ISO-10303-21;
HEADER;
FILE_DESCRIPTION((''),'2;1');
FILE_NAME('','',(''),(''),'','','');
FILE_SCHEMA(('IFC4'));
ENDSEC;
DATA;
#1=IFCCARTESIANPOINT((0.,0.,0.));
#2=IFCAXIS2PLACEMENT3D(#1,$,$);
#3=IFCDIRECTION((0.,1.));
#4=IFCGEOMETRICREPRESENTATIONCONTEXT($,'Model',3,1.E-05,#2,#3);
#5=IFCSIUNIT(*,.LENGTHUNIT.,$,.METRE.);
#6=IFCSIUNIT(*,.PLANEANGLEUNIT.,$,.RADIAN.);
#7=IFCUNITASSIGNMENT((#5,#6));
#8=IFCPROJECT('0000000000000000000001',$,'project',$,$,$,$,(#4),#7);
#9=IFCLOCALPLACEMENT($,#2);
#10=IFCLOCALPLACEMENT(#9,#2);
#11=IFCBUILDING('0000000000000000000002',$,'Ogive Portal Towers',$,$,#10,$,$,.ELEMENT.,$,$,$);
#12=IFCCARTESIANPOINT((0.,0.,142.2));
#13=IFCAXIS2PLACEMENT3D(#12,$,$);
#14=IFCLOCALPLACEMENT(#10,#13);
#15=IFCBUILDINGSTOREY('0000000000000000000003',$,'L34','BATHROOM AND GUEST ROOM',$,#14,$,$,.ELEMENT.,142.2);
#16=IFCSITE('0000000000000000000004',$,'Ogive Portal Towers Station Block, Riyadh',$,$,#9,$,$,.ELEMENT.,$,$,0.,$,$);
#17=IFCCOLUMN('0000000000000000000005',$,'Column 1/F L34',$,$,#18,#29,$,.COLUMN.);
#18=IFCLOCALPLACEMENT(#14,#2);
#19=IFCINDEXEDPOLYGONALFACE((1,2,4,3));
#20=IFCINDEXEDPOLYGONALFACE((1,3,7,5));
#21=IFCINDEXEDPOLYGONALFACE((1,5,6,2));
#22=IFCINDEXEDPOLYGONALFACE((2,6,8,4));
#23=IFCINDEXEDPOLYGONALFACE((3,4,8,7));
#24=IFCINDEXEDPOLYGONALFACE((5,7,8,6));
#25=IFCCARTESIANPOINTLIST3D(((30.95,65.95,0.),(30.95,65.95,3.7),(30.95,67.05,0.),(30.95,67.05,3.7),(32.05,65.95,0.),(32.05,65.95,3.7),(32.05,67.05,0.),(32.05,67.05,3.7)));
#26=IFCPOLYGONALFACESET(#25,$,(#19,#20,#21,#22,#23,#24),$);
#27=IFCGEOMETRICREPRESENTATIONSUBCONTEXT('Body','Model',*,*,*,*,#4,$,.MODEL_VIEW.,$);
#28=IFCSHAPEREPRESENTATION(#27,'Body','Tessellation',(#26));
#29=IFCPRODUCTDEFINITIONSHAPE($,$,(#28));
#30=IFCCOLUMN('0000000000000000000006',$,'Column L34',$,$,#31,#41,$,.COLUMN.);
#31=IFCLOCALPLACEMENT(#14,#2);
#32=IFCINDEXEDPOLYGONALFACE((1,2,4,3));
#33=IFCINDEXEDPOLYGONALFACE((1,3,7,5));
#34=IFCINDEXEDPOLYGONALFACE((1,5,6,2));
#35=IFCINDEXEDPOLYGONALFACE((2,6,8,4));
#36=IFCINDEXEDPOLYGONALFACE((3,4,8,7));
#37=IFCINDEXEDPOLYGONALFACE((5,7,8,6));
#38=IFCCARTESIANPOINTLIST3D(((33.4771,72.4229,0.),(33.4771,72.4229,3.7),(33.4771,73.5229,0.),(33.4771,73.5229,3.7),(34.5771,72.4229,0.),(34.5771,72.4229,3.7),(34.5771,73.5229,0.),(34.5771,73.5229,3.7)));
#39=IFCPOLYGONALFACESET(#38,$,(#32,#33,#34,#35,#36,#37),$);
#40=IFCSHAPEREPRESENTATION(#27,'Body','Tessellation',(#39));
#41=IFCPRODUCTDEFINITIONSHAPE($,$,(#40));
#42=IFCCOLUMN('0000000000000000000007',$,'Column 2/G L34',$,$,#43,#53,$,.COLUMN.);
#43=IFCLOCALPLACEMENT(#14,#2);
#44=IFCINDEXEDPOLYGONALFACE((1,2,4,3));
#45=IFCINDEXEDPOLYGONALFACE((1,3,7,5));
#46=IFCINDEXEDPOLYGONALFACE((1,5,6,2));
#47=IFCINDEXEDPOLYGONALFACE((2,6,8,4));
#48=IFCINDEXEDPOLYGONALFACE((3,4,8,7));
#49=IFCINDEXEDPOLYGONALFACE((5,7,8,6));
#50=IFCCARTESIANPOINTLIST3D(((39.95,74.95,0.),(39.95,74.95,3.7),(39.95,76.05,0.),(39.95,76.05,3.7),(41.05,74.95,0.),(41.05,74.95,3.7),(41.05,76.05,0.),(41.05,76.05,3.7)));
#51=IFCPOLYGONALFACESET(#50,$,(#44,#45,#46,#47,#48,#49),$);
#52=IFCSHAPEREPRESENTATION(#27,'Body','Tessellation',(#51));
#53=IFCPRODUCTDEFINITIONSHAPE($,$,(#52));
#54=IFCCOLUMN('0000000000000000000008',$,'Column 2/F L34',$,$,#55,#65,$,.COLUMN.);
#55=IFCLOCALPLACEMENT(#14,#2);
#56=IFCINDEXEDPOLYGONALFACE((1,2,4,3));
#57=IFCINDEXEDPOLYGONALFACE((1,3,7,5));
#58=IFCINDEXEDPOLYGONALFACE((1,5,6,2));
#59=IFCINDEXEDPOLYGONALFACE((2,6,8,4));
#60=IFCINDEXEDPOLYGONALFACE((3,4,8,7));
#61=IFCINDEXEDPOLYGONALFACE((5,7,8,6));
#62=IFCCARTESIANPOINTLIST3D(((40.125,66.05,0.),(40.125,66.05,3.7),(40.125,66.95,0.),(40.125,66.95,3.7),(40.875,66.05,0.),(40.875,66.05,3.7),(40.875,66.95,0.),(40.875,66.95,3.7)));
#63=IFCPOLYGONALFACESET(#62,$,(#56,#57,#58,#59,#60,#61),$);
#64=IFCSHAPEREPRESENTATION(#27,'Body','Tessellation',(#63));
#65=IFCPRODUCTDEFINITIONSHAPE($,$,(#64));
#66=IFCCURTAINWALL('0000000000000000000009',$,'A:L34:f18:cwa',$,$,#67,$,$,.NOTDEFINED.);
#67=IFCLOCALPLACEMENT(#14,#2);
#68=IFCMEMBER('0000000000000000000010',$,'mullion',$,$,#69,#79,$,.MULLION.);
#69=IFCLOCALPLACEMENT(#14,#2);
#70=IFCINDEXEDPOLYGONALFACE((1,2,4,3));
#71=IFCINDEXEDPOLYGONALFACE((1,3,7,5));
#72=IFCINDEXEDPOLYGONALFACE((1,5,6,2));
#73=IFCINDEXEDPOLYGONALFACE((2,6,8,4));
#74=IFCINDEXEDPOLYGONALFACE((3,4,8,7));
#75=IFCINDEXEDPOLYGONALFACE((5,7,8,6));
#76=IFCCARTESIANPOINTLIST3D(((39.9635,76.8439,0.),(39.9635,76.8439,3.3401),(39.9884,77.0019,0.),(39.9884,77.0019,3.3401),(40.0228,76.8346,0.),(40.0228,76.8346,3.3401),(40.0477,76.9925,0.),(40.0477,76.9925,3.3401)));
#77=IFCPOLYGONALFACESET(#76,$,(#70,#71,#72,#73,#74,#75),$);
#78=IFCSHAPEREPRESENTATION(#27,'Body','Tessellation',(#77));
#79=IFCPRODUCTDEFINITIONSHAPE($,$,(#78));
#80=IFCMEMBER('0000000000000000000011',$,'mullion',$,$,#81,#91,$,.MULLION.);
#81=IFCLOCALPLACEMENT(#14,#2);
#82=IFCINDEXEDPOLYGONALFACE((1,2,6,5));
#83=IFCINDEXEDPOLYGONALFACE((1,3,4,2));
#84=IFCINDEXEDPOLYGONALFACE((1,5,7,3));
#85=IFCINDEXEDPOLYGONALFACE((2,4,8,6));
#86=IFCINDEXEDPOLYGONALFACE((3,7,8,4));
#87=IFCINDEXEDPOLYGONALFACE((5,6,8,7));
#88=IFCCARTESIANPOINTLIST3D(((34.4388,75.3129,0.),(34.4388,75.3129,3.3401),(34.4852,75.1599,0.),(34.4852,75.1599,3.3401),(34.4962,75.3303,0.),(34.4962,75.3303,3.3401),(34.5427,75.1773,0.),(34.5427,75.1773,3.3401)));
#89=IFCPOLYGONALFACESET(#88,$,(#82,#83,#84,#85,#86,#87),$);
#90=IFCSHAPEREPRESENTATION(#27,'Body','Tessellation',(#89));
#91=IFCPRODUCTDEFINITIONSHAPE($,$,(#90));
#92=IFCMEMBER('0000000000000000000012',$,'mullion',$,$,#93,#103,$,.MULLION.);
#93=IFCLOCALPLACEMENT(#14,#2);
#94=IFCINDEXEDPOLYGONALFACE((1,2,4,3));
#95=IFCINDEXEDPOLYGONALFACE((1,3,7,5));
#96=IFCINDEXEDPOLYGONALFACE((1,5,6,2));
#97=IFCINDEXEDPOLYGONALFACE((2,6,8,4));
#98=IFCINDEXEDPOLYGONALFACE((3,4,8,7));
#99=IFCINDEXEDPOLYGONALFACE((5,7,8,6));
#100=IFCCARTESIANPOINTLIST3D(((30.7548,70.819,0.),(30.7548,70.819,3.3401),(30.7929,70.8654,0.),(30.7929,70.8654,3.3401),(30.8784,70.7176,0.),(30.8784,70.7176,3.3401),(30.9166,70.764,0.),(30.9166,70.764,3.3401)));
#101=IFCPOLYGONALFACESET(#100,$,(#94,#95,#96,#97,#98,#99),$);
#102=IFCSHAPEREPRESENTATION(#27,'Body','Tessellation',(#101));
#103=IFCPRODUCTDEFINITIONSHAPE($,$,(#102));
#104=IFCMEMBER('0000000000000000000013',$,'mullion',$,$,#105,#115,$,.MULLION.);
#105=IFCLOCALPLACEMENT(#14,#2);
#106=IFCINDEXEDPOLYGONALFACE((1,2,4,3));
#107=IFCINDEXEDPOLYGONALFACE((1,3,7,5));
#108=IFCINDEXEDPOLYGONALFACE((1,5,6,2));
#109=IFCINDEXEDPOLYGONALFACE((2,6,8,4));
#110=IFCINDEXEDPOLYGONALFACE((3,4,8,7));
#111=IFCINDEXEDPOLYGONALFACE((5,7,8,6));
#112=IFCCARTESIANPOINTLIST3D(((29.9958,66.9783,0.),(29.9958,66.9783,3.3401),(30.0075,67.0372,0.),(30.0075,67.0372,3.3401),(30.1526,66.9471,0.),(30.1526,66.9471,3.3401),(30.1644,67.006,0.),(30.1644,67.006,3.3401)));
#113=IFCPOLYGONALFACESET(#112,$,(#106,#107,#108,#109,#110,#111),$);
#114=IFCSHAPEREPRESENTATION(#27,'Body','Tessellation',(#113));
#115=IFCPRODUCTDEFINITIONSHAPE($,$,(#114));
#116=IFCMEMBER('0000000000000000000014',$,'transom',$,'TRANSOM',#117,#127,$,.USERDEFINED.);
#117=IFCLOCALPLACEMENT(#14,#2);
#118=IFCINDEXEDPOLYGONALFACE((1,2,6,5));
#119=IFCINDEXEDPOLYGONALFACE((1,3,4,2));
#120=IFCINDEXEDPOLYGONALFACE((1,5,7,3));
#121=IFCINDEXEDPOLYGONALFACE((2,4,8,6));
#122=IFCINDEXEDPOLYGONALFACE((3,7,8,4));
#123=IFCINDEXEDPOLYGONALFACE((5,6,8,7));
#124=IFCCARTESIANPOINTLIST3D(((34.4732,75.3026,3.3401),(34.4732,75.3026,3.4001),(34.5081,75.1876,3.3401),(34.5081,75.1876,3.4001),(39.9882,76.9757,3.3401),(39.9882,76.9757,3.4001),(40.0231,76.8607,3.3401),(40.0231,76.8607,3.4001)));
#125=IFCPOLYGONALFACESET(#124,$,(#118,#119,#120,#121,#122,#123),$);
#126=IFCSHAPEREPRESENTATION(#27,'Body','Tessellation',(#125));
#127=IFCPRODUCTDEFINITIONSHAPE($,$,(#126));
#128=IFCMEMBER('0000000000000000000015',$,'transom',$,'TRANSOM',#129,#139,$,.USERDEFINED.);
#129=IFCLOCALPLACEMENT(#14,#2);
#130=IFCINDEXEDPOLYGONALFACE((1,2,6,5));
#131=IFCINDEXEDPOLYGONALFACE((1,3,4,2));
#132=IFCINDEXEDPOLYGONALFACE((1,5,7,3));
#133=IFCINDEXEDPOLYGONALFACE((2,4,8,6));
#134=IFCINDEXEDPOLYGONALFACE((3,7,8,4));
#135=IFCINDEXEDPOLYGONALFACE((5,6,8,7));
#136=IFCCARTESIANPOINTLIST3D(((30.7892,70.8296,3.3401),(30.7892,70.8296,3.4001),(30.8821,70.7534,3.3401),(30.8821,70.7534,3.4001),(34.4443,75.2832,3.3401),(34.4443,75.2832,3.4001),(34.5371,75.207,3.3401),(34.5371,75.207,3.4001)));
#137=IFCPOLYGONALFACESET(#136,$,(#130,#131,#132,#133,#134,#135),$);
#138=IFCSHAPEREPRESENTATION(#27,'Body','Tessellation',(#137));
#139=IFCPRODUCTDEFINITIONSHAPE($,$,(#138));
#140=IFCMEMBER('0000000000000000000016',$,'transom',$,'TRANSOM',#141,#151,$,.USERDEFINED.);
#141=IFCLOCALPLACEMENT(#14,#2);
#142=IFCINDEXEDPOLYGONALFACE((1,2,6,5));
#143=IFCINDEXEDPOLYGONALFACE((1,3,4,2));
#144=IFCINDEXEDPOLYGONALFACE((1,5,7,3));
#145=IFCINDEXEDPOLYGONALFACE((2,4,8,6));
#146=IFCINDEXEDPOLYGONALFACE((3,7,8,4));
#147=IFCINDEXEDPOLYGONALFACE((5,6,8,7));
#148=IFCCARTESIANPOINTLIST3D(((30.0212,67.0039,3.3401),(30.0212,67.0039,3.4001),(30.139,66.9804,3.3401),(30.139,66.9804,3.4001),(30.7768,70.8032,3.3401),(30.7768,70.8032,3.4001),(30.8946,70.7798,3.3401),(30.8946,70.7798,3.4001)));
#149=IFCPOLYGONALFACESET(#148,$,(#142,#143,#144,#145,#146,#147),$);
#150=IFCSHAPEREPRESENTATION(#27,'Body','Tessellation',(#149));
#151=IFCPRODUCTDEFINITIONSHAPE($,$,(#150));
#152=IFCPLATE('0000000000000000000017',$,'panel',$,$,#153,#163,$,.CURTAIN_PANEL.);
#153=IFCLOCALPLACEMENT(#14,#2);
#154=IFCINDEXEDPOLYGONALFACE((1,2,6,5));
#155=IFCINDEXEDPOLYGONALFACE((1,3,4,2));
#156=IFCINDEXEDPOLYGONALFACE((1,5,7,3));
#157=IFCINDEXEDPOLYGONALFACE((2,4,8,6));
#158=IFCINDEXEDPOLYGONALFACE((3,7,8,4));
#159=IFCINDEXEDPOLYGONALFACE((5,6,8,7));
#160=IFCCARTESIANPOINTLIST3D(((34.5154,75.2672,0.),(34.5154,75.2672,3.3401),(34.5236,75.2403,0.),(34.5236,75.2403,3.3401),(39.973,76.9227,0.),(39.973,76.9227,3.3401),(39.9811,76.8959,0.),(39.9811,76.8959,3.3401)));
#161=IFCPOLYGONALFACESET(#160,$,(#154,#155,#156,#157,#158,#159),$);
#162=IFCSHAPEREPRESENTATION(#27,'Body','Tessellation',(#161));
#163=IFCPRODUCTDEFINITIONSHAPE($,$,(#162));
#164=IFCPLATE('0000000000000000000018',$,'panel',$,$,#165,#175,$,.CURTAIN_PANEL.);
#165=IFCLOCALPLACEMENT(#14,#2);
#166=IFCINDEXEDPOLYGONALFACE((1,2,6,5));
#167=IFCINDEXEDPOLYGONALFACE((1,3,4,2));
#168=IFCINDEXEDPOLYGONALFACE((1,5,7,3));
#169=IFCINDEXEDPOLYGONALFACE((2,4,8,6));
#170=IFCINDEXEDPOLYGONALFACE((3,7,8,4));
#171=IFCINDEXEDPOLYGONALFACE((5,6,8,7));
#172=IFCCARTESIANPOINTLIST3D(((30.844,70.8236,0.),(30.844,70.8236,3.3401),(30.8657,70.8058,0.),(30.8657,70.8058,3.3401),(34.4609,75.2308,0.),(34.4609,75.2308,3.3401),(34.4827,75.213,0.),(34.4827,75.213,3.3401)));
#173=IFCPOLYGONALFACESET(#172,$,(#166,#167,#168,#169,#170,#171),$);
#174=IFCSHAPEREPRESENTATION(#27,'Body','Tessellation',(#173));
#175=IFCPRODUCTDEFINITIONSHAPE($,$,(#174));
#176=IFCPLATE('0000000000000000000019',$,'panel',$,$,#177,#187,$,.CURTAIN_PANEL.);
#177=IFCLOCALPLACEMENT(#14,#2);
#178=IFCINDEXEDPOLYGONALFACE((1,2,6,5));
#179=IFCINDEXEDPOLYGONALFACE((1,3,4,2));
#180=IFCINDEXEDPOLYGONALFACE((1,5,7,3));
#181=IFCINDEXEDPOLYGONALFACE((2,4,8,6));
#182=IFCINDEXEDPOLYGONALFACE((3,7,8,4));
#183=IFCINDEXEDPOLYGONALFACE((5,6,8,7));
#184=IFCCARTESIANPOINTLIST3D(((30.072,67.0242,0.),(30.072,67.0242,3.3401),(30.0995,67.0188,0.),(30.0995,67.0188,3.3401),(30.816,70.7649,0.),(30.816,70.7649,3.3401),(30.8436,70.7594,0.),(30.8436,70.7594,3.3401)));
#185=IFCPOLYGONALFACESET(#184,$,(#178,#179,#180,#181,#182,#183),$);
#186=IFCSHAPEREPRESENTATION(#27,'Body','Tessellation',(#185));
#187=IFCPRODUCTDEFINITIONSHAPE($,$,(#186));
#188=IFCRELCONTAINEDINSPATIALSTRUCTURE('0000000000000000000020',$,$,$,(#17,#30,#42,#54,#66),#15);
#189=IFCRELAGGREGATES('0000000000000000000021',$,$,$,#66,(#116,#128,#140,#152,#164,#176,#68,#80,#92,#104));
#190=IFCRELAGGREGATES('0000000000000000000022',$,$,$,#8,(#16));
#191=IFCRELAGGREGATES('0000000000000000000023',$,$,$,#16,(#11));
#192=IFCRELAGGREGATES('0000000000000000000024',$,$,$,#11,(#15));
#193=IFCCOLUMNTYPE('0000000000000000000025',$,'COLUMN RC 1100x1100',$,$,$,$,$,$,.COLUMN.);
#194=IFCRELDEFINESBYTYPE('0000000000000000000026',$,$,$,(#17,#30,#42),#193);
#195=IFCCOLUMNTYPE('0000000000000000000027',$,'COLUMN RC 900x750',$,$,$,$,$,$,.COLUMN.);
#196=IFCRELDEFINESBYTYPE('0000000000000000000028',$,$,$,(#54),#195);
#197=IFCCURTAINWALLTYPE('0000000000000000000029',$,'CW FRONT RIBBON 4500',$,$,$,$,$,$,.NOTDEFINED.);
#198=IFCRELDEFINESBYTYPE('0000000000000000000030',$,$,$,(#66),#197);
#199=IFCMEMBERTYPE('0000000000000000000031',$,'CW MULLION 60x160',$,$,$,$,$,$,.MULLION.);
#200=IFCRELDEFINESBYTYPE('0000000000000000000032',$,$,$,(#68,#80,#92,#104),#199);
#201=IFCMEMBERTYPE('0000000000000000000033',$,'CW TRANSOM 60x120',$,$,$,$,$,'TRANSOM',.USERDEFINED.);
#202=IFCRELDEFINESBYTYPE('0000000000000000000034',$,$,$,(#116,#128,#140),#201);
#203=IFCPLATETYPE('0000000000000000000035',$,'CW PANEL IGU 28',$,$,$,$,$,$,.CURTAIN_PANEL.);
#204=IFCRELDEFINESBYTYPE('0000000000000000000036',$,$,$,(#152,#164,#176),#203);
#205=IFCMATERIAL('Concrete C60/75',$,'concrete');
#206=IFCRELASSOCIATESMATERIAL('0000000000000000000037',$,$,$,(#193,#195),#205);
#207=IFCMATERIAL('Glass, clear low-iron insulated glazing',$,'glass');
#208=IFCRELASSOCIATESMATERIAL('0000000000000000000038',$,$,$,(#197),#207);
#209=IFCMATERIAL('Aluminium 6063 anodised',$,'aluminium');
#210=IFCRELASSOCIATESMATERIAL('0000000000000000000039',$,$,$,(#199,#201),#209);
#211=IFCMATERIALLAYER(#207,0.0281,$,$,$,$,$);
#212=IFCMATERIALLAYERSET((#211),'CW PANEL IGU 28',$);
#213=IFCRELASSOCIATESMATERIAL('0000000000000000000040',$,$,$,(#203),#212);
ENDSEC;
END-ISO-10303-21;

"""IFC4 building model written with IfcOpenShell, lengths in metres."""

from ifc_helpers import new_model, si_unit, direction, frame, origin, origin_2d, place, context, subcontext, project, spatial, rectangle, extrude, material, layer, layer_set, material_profile, profile_set, type_object, element, aggregate, save


model = new_model("IFC4")

# Units and contexts
model_context = context("Model", 3, precision=1e-05, world=origin(), true_north=direction((0.0, 1.0)))
body_context = subcontext(model_context, "Body", "Model", "MODEL_VIEW")
ifc_project = project(units=[si_unit("LENGTHUNIT", "METRE"), si_unit("PLANEANGLEUNIT", "RADIAN")], contexts=[model_context])

# Site, building, storey
site_placement = place(None, origin())
site = spatial("IfcSite", under=ifc_project, at=site_placement, Name="Ogive Portal Towers Station Block, Riyadh", CompositionType="ELEMENT", RefElevation=0.0)
building_placement = place(site_placement, origin())
building = spatial("IfcBuilding", under=site, at=building_placement, Name="Ogive Portal Towers", CompositionType="ELEMENT")
storey_placement = place(building_placement, frame((0.0, 0.0, 142.2)))
storey = spatial("IfcBuildingStorey", under=building, at=storey_placement, Name="L34", Description="BATHROOM AND GUEST ROOM", CompositionType="ELEMENT", Elevation=142.2)

# Columns
ifc_material_1 = material(Name="Concrete C60/75", Category="concrete")
ifc_material_profile_1 = material_profile(ifc_material_1, rectangle(XDim=1.1001, YDim=1.1001, at=origin_2d()), Name="RC 1100x1100")
ifc_profile_set_1 = profile_set([ifc_material_profile_1], Name="Concrete C60/75")
column_type_1 = type_object("IfcColumnType", Name="COLUMN RC 1100x1100", PredefinedType="COLUMN", material=ifc_profile_set_1)
for number, where, z_axis, x_axis, name in (
    (1, (31.5, 66.5, 0.0), (0.0, 0.0, 1.0), (1.0, 0.0, 0.0), "Column 1/F L34"),
    (2, (34.0271, 72.9729, 0.0), (0.0, 0.0, 1.0), (1.0, 0.0, 0.0), "Column L34"),
    (3, (40.5, 75.5, 0.0), (0.0, 0.0, 1.0), (1.0, 0.0, 0.0), "Column 2/G L34"),
):
    element("IfcColumn", number, at=place(storey_placement, frame(where, z_axis=z_axis, x_axis=x_axis)), inside=storey, type_object=column_type_1, Name=name, PredefinedType="COLUMN", context=body_context, shape_type="SweptSolid", body=[
        extrude(rectangle(XDim=1.1001, YDim=1.1001, at=origin_2d()), origin(), (0.0, 0.0, 1.0), 3.7),
    ])
ifc_material_profile_2 = material_profile(ifc_material_1, rectangle(XDim=0.8999, YDim=0.75, at=origin_2d()), Name="RC 900x750")
ifc_profile_set_2 = profile_set([ifc_material_profile_2], Name="Concrete C60/75")
column_type_2 = type_object("IfcColumnType", Name="COLUMN RC 900x750", PredefinedType="COLUMN", material=ifc_profile_set_2)
column_placement = place(storey_placement, frame((40.5, 66.5, 0.0), z_axis=(0.0, 0.0, 1.0), x_axis=(0.0, 1.0, 0.0)))
element("IfcColumn", 4, at=column_placement, inside=storey, type_object=column_type_2, Name="Column 2/F L34", PredefinedType="COLUMN", context=body_context, shape_type="SweptSolid", body=[
    extrude(rectangle(XDim=0.8999, YDim=0.75, at=origin_2d()), origin(), (0.0, 0.0, 1.0), 3.7),
])

# Curtain wall, members, plates
ifc_material_2 = material(Name="Glass, clear low-iron insulated glazing", Category="glass")
curtain_wall_type = type_object("IfcCurtainWallType", Name="CW FRONT RIBBON 4500", PredefinedType="NOTDEFINED", material=ifc_material_2)
curtain_wall_placement = place(storey_placement, origin())
curtain_wall = element("IfcCurtainWall", 5, at=curtain_wall_placement, inside=storey, type_object=curtain_wall_type, Name="A:L34:f18:cwa", PredefinedType="NOTDEFINED")
ifc_material_3 = material(Name="Aluminium 6063 anodised", Category="aluminium")
ifc_material_profile_3 = material_profile(ifc_material_3, rectangle(XDim=0.1599, YDim=0.0601, at=origin_2d()), Name="AL 60x160")
ifc_profile_set_3 = profile_set([ifc_material_profile_3], Name="Aluminium 6063 anodised")
member_type_1 = type_object("IfcMemberType", Name="CW MULLION 60x160", PredefinedType="MULLION", material=ifc_profile_set_3)
member_1_placement = place(storey_placement, frame((40.0056, 76.9182, 0.0), z_axis=(0.0, 0.0, 1.0), x_axis=(-0.155777, -0.987792, 0.0)))
member_1 = element("IfcMember", 6, at=member_1_placement, type_object=member_type_1, Name="mullion", PredefinedType="MULLION", context=body_context, shape_type="SweptSolid", body=[
    extrude(rectangle(XDim=0.1599, YDim=0.0601, at=origin_2d()), origin(), (0.0, 0.0, 1.0), 3.3401),
])
member_2_placement = place(storey_placement, frame((34.4907, 75.2451, 0.0), z_axis=(0.0, 0.0, 1.0), x_axis=(0.290285, -0.95694, 0.0)))
member_2 = element("IfcMember", 7, at=member_2_placement, type_object=member_type_1, Name="mullion", PredefinedType="MULLION", context=body_context, shape_type="SweptSolid", body=[
    extrude(rectangle(XDim=0.1599, YDim=0.0601, at=origin_2d()), origin(), (0.0, 0.0, 1.0), 3.3401),
])
member_3_placement = place(storey_placement, frame((30.8357, 70.7915, 0.0), z_axis=(0.0, 0.0, 1.0), x_axis=(0.77301, -0.634393, 0.0)))
member_3 = element("IfcMember", 8, at=member_3_placement, type_object=member_type_1, Name="mullion", PredefinedType="MULLION", context=body_context, shape_type="SweptSolid", body=[
    extrude(rectangle(XDim=0.1599, YDim=0.0601, at=origin_2d()), origin(), (0.0, 0.0, 1.0), 3.3401),
])
member_4_placement = place(storey_placement, frame((30.0801, 66.9922, 0.0), z_axis=(0.0, 0.0, 1.0), x_axis=(0.980785, -0.19509, 0.0)))
member_4 = element("IfcMember", 9, at=member_4_placement, type_object=member_type_1, Name="mullion", PredefinedType="MULLION", context=body_context, shape_type="SweptSolid", body=[
    extrude(rectangle(XDim=0.1599, YDim=0.0601, at=origin_2d()), origin(), (0.0, 0.0, 1.0), 3.3401),
])
ifc_material_profile_4 = material_profile(ifc_material_3, rectangle(XDim=0.1201, YDim=0.0601, at=origin_2d()), Name="AL 120x60")
ifc_profile_set_4 = profile_set([ifc_material_profile_4], Name="Aluminium 6063 anodised")
member_type_2 = type_object("IfcMemberType", Name="CW TRANSOM 60x120", ElementType="TRANSOM", PredefinedType="USERDEFINED", material=ifc_profile_set_4)
member_5_placement = place(storey_placement, frame((40.0056, 76.9182, 3.3701), z_axis=(-0.956932, -0.290312, 0.0), x_axis=(0.290312, -0.956932, 0.0)))
member_5 = element("IfcMember", 10, at=member_5_placement, type_object=member_type_2, Name="transom", ObjectType="TRANSOM", PredefinedType="USERDEFINED", context=body_context, shape_type="SweptSolid", body=[
    extrude(rectangle(XDim=0.1201, YDim=0.0601, at=origin_2d()), origin(), (0.0, 0.0, 1.0), 5.7632),
])
member_6_placement = place(storey_placement, frame((34.4907, 75.2451, 3.3701), z_axis=(-0.634398, -0.773007, 0.0), x_axis=(0.773007, -0.634398, 0.0)))
member_6 = element("IfcMember", 11, at=member_6_placement, type_object=member_type_2, Name="transom", ObjectType="TRANSOM", PredefinedType="USERDEFINED", context=body_context, shape_type="SweptSolid", body=[
    extrude(rectangle(XDim=0.1201, YDim=0.0601, at=origin_2d()), origin(), (0.0, 0.0, 1.0), 5.7615),
])
member_7_placement = place(storey_placement, frame((30.8357, 70.7915, 3.3701), z_axis=(-0.195062, -0.980791, 0.0), x_axis=(0.980791, -0.195062, 0.0)))
member_7 = element("IfcMember", 12, at=member_7_placement, type_object=member_type_2, Name="transom", ObjectType="TRANSOM", PredefinedType="USERDEFINED", context=body_context, shape_type="SweptSolid", body=[
    extrude(rectangle(XDim=0.1201, YDim=0.0601, at=origin_2d()), origin(), (0.0, 0.0, 1.0), 3.8738),
])
ifc_layer_1 = layer(ifc_material_2, 0.0281)
ifc_layer_set_1 = layer_set([ifc_layer_1], Name="CW PANEL IGU 28")
plate_type = type_object("IfcPlateType", Name="CW PANEL IGU 28", PredefinedType="CURTAIN_PANEL", material=ifc_layer_set_1)
plate_1_placement = place(storey_placement, frame((37.2483, 76.0815, 0.0), z_axis=(0.0, 0.0, 1.0), x_axis=(-0.95694, -0.290285, 0.0)))
plate_1 = element("IfcPlate", 13, at=plate_1_placement, type_object=plate_type, Name="panel", PredefinedType="CURTAIN_PANEL", context=body_context, shape_type="SweptSolid", body=[
    extrude(rectangle(XDim=5.7031, YDim=0.0281, at=origin_2d()), origin(), (0.0, 0.0, 1.0), 3.3401),
])
plate_2_placement = place(storey_placement, frame((32.6633, 73.0183, 0.0), z_axis=(0.0, 0.0, 1.0), x_axis=(-0.634393, -0.77301, 0.0)))
plate_2 = element("IfcPlate", 14, at=plate_2_placement, type_object=plate_type, Name="panel", PredefinedType="CURTAIN_PANEL", context=body_context, shape_type="SweptSolid", body=[
    extrude(rectangle(XDim=5.7014, YDim=0.0281, at=origin_2d()), origin(), (0.0, 0.0, 1.0), 3.3401),
])
plate_3_placement = place(storey_placement, frame((30.4578, 68.8918, 0.0), z_axis=(0.0, 0.0, 1.0), x_axis=(-0.19509, -0.980785, 0.0)))
plate_3 = element("IfcPlate", 15, at=plate_3_placement, type_object=plate_type, Name="panel", PredefinedType="CURTAIN_PANEL", context=body_context, shape_type="SweptSolid", body=[
    extrude(rectangle(XDim=3.814, YDim=0.0281, at=origin_2d()), origin(), (0.0, 0.0, 1.0), 3.3401),
])
aggregate(curtain_wall, [member_5, member_6, member_7, plate_1, plate_2, plate_3, member_1, member_2, member_3, member_4])

save(model, "model.ifc")
